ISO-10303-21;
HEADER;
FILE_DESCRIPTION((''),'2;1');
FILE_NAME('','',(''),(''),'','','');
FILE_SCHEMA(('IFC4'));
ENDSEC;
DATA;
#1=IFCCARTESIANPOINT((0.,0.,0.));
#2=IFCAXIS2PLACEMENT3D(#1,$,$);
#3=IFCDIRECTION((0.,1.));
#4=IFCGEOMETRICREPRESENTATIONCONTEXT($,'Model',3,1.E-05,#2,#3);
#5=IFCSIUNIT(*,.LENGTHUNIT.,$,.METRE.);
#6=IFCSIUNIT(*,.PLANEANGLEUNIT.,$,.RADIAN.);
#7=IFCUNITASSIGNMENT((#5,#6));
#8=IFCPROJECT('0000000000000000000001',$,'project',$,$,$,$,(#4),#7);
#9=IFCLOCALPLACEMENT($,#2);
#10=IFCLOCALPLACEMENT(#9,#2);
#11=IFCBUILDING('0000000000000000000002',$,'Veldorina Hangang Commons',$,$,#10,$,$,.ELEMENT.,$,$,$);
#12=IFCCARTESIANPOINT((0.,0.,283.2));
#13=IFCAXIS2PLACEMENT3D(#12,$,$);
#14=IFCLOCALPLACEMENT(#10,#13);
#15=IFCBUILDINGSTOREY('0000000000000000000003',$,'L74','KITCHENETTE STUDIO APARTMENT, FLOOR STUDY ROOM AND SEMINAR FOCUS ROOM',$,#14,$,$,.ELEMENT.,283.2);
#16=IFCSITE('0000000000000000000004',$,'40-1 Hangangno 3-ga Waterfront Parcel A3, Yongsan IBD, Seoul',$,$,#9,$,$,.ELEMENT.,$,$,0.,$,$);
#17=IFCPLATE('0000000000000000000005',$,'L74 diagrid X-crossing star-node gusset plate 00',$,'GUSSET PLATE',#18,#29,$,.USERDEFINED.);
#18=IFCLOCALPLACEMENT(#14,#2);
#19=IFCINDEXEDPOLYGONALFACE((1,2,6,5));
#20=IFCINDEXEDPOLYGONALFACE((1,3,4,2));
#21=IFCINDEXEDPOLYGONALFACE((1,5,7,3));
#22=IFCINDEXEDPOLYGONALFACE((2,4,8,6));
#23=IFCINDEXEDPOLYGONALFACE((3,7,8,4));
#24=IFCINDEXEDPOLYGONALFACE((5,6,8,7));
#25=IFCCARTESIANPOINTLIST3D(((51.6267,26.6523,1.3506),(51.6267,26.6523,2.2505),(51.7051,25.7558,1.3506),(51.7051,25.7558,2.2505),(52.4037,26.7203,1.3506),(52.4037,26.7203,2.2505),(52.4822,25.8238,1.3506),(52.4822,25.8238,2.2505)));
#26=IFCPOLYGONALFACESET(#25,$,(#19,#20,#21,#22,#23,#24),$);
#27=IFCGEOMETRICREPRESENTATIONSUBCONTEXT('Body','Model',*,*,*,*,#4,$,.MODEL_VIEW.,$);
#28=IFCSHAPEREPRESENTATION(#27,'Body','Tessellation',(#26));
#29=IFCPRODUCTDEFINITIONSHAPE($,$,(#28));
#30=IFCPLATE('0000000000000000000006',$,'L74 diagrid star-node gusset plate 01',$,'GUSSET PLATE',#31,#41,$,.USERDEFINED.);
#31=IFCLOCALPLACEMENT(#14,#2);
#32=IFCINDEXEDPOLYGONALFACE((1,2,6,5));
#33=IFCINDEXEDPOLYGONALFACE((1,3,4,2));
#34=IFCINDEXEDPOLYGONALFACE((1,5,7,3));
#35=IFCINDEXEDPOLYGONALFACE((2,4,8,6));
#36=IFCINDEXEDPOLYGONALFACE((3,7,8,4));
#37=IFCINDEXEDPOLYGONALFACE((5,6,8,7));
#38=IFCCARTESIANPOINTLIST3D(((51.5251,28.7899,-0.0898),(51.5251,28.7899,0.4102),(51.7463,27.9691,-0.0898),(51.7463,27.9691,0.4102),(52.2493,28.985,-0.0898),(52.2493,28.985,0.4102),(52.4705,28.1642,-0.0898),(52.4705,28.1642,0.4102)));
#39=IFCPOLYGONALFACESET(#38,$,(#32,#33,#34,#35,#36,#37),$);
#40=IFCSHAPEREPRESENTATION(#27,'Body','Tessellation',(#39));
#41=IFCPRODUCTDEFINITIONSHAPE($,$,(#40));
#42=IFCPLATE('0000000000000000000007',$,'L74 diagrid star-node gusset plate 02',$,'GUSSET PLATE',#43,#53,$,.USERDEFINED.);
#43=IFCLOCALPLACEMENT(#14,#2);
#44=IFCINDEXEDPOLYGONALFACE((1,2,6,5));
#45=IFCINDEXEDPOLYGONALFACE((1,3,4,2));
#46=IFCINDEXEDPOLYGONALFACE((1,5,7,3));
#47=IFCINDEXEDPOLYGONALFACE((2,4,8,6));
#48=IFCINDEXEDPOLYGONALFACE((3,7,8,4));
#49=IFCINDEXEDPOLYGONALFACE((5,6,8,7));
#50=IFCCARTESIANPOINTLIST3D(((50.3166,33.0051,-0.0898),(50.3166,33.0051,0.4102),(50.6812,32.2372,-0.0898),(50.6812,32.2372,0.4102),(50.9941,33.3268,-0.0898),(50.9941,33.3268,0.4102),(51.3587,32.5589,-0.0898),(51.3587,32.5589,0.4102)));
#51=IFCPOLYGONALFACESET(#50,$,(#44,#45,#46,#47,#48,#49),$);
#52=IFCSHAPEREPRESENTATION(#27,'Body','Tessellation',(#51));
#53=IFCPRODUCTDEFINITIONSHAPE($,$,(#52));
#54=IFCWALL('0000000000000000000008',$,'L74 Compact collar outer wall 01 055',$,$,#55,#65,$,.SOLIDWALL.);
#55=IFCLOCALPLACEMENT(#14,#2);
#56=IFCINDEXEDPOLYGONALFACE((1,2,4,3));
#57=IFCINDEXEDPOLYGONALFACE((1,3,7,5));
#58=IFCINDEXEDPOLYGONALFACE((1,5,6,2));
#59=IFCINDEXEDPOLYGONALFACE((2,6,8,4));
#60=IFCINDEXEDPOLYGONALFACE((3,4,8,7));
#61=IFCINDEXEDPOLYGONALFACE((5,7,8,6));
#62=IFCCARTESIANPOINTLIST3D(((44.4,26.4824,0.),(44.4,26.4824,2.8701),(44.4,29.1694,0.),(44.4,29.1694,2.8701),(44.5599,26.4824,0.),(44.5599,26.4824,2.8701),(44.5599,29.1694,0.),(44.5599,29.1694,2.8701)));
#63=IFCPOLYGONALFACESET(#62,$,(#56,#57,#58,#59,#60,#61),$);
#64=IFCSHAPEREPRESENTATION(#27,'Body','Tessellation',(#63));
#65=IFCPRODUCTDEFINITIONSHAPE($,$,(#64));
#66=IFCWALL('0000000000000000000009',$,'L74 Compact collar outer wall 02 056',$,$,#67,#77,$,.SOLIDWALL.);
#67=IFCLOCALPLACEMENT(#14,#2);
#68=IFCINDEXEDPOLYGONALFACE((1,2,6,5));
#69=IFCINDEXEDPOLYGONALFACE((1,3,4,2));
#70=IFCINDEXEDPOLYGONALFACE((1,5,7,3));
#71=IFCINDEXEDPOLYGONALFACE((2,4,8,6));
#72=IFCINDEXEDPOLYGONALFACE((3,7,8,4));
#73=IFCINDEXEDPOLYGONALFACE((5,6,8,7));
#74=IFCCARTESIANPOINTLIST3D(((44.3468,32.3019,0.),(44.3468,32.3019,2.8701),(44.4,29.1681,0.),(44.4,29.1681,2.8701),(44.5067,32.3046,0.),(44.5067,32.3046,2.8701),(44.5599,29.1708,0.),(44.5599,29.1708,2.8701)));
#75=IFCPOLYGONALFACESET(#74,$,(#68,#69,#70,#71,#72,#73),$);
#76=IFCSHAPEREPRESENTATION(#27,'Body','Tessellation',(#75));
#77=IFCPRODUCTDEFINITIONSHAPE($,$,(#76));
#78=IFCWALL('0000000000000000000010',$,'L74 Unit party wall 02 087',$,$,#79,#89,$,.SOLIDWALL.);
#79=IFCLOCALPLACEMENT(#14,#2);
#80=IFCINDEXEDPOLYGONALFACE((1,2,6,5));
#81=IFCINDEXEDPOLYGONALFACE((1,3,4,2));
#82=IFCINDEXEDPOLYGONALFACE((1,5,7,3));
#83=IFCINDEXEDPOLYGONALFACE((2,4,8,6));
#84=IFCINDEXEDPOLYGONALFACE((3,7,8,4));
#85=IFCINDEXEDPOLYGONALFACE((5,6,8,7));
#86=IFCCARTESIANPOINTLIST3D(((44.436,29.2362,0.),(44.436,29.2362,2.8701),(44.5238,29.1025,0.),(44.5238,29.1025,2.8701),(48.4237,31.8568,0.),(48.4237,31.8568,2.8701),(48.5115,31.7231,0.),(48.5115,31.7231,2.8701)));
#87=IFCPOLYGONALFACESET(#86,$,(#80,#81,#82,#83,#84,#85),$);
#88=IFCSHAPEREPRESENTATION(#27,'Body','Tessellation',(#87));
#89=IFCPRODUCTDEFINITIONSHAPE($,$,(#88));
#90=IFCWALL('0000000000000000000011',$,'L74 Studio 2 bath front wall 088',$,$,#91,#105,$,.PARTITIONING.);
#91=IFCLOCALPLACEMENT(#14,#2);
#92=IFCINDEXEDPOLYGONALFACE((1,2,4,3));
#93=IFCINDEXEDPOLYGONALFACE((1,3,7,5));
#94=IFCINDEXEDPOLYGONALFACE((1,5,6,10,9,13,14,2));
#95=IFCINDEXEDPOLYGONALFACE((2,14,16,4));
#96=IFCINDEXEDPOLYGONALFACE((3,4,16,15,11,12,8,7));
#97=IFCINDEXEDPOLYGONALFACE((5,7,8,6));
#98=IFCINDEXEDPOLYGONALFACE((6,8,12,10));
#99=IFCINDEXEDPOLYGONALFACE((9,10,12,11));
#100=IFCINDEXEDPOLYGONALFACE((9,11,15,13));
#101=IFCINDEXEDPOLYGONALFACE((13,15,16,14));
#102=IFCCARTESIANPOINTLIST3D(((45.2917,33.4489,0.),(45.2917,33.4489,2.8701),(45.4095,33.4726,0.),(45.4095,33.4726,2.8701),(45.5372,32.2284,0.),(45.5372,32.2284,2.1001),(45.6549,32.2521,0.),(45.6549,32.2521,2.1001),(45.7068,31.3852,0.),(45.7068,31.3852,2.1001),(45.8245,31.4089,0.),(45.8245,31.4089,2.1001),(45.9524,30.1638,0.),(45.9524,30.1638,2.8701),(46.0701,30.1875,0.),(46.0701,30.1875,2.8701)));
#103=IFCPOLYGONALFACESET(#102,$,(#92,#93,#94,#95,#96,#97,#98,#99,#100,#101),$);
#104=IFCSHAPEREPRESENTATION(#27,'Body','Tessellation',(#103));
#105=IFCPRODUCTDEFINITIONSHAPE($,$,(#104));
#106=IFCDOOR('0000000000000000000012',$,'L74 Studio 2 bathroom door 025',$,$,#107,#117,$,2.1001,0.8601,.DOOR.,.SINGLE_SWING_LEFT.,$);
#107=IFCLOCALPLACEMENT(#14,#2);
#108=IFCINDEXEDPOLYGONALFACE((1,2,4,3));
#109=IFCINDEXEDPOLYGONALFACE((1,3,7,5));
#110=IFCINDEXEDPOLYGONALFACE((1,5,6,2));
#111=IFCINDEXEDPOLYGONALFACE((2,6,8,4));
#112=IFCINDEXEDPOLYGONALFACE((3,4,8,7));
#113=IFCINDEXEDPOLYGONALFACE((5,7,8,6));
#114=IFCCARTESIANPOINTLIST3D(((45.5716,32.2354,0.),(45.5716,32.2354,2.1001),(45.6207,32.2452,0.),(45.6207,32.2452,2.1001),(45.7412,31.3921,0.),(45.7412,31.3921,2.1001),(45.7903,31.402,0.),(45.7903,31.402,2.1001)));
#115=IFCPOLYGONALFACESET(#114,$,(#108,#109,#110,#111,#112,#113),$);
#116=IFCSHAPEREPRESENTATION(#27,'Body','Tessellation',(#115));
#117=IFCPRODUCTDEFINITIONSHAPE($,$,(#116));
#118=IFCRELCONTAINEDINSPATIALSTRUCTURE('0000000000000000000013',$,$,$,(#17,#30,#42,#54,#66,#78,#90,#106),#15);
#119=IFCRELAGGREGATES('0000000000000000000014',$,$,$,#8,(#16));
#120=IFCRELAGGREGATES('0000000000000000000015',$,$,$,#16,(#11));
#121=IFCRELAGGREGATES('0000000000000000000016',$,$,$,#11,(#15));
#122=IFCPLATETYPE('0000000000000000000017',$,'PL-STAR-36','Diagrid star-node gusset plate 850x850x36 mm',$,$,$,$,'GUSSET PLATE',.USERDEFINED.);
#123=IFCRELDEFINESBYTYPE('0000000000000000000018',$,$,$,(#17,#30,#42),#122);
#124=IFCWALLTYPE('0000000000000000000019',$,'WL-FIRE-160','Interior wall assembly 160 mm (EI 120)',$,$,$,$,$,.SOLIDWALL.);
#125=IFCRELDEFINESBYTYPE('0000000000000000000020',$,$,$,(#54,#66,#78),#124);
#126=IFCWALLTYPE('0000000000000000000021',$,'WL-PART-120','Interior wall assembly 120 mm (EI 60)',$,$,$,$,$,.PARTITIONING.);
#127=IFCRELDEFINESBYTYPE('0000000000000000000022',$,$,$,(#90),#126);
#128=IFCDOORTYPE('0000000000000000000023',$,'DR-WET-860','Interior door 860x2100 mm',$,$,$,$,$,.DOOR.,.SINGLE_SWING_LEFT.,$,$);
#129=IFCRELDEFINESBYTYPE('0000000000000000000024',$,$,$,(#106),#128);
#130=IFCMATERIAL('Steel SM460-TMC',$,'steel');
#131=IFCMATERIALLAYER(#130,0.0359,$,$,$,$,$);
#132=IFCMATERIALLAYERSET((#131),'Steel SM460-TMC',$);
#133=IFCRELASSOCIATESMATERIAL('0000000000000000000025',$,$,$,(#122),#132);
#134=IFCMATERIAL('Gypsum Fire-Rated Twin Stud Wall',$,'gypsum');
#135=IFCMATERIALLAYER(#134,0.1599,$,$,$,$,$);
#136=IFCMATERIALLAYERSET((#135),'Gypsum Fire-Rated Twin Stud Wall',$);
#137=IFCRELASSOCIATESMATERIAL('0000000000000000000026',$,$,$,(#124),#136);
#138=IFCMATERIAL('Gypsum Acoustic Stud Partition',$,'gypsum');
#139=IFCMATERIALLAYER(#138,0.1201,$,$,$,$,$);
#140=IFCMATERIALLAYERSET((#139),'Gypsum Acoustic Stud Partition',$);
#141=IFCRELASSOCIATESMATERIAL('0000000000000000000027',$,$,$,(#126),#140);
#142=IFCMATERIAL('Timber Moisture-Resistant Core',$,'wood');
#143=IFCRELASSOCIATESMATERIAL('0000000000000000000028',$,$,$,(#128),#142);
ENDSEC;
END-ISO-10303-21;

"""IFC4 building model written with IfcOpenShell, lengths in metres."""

from ifc_helpers import new_model, si_unit, direction, frame, frame_2d, origin, origin_2d, place, context, subcontext, project, spatial, rectangle, extrude, material, layer, layer_set, type_object, element, fill, save


model = new_model("IFC4")

# Units and contexts
model_context = context("Model", 3, precision=1e-05, world=origin(), true_north=direction((0.0, 1.0)))
body_context = subcontext(model_context, "Body", "Model", "MODEL_VIEW")
ifc_project = project(units=[si_unit("LENGTHUNIT", "METRE"), si_unit("PLANEANGLEUNIT", "RADIAN")], contexts=[model_context])

# Site, building, storey
site_placement = place(None, origin())
site = spatial("IfcSite", under=ifc_project, at=site_placement, Name="40-1 Hangangno 3-ga Waterfront Parcel A3, Yongsan IBD, Seoul", CompositionType="ELEMENT", RefElevation=0.0)
building_placement = place(site_placement, origin())
building = spatial("IfcBuilding", under=site, at=building_placement, Name="Veldorina Hangang Commons", CompositionType="ELEMENT")
storey_placement = place(building_placement, frame((0.0, 0.0, 283.2)))
storey = spatial("IfcBuildingStorey", under=building, at=storey_placement, Name="L74", Description="KITCHENETTE STUDIO APARTMENT, FLOOR STUDY ROOM AND SEMINAR FOCUS ROOM", CompositionType="ELEMENT", Elevation=283.2)

# Plates
ifc_material_1 = material(Name="Steel SM460-TMC", Category="steel")
ifc_layer_1 = layer(ifc_material_1, 0.0359)
ifc_layer_set_1 = layer_set([ifc_layer_1], Name="Steel SM460-TMC")
plate_type_1 = type_object("IfcPlateType", Name="PL-STAR-36", Description="Diagrid star-node gusset plate 850x850x36 mm", ElementType="GUSSET PLATE", PredefinedType="USERDEFINED", material=ifc_layer_set_1)
plate_1_placement = place(storey_placement, frame((52.0544, 26.238, 1.3506), z_axis=(0.0, 0.0, 1.0), x_axis=(-0.087173, 0.996193, 0.0)))
element("IfcPlate", 1, at=plate_1_placement, inside=storey, type_object=plate_type_1, Name="L74 diagrid X-crossing star-node gusset plate 00", ObjectType="GUSSET PLATE", PredefinedType="USERDEFINED", context=body_context, shape_type="SweptSolid", body=[
    extrude(rectangle(XDim=0.8999, YDim=0.78, at=origin_2d()), origin(), (0.0, 0.0, 1.0), 0.8999),
])
for number, where, z_axis, x_axis, name in (
    (2, (51.9978, 28.4771, -0.0898), (0.0, 0.0, 1.0), (-0.260235, 0.965545, 0.0), "L74 diagrid star-node gusset plate 01"),
    (3, (50.8376, 32.782, -0.0898), (0.0, 0.0, 1.0), (-0.428982, 0.903313, 0.0), "L74 diagrid star-node gusset plate 02"),
):
    element("IfcPlate", number, at=place(storey_placement, frame(where, z_axis=z_axis, x_axis=x_axis)), inside=storey, type_object=plate_type_1, Name=name, ObjectType="GUSSET PLATE", PredefinedType="USERDEFINED", context=body_context, shape_type="SweptSolid", body=[
        extrude(rectangle(XDim=0.8501, YDim=0.75, at=origin_2d()), origin(), (0.0, 0.0, 1.0), 0.5),
    ])

# Walls
ifc_material_2 = material(Name="Gypsum Fire-Rated Twin Stud Wall", Category="gypsum")
ifc_layer_2 = layer(ifc_material_2, 0.1599)
ifc_layer_set_2 = layer_set([ifc_layer_2], Name="Gypsum Fire-Rated Twin Stud Wall")
wall_type_1 = type_object("IfcWallType", Name="WL-FIRE-160", Description="Interior wall assembly 160 mm (EI 120)", PredefinedType="SOLIDWALL", material=ifc_layer_set_2)
wall_1_placement = place(storey_placement, frame((44.48, 26.4824, 0.0), z_axis=(0.0, 0.0, 1.0), x_axis=(0.0, 1.0, 0.0)))
element("IfcWall", 4, at=wall_1_placement, inside=storey, type_object=wall_type_1, Name="L74 Compact collar outer wall 01 055", PredefinedType="SOLIDWALL", context=body_context, shape_type="SweptSolid", body=[
    extrude(rectangle(XDim=2.687, YDim=0.1599, at=frame_2d((1.3435, 0.0))), origin(), (0.0, 0.0, 1.0), 2.8701),
])
wall_2_placement = place(storey_placement, frame((44.48, 29.1694, 0.0), z_axis=(0.0, 0.0, 1.0), x_axis=(-0.016981, 0.999856, 0.0)))
element("IfcWall", 5, at=wall_2_placement, inside=storey, type_object=wall_type_1, Name="L74 Compact collar outer wall 02 056", PredefinedType="SOLIDWALL", context=body_context, shape_type="SweptSolid", body=[
    extrude(rectangle(XDim=3.1343, YDim=0.1599, at=frame_2d((1.5671, 0.0))), origin(), (0.0, 0.0, 1.0), 2.8701),
])
wall_3_placement = place(storey_placement, frame((44.48, 29.1694, 0.0), z_axis=(0.0, 0.0, 1.0), x_axis=(0.8357, 0.549186, 0.0)))
element("IfcWall", 6, at=wall_3_placement, inside=storey, type_object=wall_type_1, Name="L74 Unit party wall 02 087", PredefinedType="SOLIDWALL", context=body_context, shape_type="SweptSolid", body=[
    extrude(rectangle(XDim=4.7717, YDim=0.1599, at=frame_2d((2.3857, 0.0))), origin(), (0.0, 0.0, 1.0), 2.8701),
])

# Wall, opening, door
ifc_material_3 = material(Name="Gypsum Acoustic Stud Partition", Category="gypsum")
ifc_layer_3 = layer(ifc_material_3, 0.1201)
ifc_layer_set_3 = layer_set([ifc_layer_3], Name="Gypsum Acoustic Stud Partition")
wall_type_2 = type_object("IfcWallType", Name="WL-PART-120", Description="Interior wall assembly 120 mm (EI 60)", PredefinedType="PARTITIONING", material=ifc_layer_set_3)
wall_4_placement = place(storey_placement, frame((46.0112, 30.1758, 0.0), z_axis=(0.0, 0.0, 1.0), x_axis=(-0.197153, 0.980373, 0.0)))
wall_4 = element("IfcWall", 7, at=wall_4_placement, inside=storey, type_object=wall_type_2, Name="L74 Studio 2 bath front wall 088", PredefinedType="PARTITIONING", context=body_context, shape_type="SweptSolid", body=[
    extrude(rectangle(XDim=3.3508, YDim=0.1201, at=frame_2d((1.6753, 0.0))), origin(), (0.0, 0.0, 1.0), 2.8701),
])
opening_placement = place(wall_4_placement, frame((1.2456, 0.0, 0.0)))
opening = element("IfcOpeningElement", 8, at=opening_placement, cuts=wall_4, PredefinedType="OPENING", context=body_context, shape_type="SweptSolid", body=[
    extrude(rectangle(XDim=0.8601, YDim=2.1001, at=frame_2d((0.4302, 1.05))), frame((0.0, 0.0701, 0.0), z_axis=(0.0, -1.0, 0.0), x_axis=(1.0, 0.0, 0.0)), (0.0, 0.0, 1.0), 0.1401),
])
ifc_material_4 = material(Name="Timber Moisture-Resistant Core", Category="wood")
door_type = type_object("IfcDoorType", Name="DR-WET-860", Description="Interior door 860x2100 mm", OperationType="SINGLE_SWING_LEFT", PredefinedType="DOOR", material=ifc_material_4)
door_placement = place(opening_placement, origin())
door = element("IfcDoor", 9, at=door_placement, inside=storey, type_object=door_type, Name="L74 Studio 2 bathroom door 025", OperationType="SINGLE_SWING_LEFT", OverallHeight=2.1001, OverallWidth=0.8601, PredefinedType="DOOR", context=body_context, shape_type="SweptSolid", body=[
    extrude(rectangle(XDim=0.8601, YDim=2.1001, at=frame_2d((0.4302, 1.05))), frame((0.0, 0.0249, 0.0), z_axis=(0.0, -1.0, 0.0), x_axis=(1.0, 0.0, 0.0)), (0.0, 0.0, 1.0), 0.05),
])
fill(opening, door)

save(model, "model.ifc")
